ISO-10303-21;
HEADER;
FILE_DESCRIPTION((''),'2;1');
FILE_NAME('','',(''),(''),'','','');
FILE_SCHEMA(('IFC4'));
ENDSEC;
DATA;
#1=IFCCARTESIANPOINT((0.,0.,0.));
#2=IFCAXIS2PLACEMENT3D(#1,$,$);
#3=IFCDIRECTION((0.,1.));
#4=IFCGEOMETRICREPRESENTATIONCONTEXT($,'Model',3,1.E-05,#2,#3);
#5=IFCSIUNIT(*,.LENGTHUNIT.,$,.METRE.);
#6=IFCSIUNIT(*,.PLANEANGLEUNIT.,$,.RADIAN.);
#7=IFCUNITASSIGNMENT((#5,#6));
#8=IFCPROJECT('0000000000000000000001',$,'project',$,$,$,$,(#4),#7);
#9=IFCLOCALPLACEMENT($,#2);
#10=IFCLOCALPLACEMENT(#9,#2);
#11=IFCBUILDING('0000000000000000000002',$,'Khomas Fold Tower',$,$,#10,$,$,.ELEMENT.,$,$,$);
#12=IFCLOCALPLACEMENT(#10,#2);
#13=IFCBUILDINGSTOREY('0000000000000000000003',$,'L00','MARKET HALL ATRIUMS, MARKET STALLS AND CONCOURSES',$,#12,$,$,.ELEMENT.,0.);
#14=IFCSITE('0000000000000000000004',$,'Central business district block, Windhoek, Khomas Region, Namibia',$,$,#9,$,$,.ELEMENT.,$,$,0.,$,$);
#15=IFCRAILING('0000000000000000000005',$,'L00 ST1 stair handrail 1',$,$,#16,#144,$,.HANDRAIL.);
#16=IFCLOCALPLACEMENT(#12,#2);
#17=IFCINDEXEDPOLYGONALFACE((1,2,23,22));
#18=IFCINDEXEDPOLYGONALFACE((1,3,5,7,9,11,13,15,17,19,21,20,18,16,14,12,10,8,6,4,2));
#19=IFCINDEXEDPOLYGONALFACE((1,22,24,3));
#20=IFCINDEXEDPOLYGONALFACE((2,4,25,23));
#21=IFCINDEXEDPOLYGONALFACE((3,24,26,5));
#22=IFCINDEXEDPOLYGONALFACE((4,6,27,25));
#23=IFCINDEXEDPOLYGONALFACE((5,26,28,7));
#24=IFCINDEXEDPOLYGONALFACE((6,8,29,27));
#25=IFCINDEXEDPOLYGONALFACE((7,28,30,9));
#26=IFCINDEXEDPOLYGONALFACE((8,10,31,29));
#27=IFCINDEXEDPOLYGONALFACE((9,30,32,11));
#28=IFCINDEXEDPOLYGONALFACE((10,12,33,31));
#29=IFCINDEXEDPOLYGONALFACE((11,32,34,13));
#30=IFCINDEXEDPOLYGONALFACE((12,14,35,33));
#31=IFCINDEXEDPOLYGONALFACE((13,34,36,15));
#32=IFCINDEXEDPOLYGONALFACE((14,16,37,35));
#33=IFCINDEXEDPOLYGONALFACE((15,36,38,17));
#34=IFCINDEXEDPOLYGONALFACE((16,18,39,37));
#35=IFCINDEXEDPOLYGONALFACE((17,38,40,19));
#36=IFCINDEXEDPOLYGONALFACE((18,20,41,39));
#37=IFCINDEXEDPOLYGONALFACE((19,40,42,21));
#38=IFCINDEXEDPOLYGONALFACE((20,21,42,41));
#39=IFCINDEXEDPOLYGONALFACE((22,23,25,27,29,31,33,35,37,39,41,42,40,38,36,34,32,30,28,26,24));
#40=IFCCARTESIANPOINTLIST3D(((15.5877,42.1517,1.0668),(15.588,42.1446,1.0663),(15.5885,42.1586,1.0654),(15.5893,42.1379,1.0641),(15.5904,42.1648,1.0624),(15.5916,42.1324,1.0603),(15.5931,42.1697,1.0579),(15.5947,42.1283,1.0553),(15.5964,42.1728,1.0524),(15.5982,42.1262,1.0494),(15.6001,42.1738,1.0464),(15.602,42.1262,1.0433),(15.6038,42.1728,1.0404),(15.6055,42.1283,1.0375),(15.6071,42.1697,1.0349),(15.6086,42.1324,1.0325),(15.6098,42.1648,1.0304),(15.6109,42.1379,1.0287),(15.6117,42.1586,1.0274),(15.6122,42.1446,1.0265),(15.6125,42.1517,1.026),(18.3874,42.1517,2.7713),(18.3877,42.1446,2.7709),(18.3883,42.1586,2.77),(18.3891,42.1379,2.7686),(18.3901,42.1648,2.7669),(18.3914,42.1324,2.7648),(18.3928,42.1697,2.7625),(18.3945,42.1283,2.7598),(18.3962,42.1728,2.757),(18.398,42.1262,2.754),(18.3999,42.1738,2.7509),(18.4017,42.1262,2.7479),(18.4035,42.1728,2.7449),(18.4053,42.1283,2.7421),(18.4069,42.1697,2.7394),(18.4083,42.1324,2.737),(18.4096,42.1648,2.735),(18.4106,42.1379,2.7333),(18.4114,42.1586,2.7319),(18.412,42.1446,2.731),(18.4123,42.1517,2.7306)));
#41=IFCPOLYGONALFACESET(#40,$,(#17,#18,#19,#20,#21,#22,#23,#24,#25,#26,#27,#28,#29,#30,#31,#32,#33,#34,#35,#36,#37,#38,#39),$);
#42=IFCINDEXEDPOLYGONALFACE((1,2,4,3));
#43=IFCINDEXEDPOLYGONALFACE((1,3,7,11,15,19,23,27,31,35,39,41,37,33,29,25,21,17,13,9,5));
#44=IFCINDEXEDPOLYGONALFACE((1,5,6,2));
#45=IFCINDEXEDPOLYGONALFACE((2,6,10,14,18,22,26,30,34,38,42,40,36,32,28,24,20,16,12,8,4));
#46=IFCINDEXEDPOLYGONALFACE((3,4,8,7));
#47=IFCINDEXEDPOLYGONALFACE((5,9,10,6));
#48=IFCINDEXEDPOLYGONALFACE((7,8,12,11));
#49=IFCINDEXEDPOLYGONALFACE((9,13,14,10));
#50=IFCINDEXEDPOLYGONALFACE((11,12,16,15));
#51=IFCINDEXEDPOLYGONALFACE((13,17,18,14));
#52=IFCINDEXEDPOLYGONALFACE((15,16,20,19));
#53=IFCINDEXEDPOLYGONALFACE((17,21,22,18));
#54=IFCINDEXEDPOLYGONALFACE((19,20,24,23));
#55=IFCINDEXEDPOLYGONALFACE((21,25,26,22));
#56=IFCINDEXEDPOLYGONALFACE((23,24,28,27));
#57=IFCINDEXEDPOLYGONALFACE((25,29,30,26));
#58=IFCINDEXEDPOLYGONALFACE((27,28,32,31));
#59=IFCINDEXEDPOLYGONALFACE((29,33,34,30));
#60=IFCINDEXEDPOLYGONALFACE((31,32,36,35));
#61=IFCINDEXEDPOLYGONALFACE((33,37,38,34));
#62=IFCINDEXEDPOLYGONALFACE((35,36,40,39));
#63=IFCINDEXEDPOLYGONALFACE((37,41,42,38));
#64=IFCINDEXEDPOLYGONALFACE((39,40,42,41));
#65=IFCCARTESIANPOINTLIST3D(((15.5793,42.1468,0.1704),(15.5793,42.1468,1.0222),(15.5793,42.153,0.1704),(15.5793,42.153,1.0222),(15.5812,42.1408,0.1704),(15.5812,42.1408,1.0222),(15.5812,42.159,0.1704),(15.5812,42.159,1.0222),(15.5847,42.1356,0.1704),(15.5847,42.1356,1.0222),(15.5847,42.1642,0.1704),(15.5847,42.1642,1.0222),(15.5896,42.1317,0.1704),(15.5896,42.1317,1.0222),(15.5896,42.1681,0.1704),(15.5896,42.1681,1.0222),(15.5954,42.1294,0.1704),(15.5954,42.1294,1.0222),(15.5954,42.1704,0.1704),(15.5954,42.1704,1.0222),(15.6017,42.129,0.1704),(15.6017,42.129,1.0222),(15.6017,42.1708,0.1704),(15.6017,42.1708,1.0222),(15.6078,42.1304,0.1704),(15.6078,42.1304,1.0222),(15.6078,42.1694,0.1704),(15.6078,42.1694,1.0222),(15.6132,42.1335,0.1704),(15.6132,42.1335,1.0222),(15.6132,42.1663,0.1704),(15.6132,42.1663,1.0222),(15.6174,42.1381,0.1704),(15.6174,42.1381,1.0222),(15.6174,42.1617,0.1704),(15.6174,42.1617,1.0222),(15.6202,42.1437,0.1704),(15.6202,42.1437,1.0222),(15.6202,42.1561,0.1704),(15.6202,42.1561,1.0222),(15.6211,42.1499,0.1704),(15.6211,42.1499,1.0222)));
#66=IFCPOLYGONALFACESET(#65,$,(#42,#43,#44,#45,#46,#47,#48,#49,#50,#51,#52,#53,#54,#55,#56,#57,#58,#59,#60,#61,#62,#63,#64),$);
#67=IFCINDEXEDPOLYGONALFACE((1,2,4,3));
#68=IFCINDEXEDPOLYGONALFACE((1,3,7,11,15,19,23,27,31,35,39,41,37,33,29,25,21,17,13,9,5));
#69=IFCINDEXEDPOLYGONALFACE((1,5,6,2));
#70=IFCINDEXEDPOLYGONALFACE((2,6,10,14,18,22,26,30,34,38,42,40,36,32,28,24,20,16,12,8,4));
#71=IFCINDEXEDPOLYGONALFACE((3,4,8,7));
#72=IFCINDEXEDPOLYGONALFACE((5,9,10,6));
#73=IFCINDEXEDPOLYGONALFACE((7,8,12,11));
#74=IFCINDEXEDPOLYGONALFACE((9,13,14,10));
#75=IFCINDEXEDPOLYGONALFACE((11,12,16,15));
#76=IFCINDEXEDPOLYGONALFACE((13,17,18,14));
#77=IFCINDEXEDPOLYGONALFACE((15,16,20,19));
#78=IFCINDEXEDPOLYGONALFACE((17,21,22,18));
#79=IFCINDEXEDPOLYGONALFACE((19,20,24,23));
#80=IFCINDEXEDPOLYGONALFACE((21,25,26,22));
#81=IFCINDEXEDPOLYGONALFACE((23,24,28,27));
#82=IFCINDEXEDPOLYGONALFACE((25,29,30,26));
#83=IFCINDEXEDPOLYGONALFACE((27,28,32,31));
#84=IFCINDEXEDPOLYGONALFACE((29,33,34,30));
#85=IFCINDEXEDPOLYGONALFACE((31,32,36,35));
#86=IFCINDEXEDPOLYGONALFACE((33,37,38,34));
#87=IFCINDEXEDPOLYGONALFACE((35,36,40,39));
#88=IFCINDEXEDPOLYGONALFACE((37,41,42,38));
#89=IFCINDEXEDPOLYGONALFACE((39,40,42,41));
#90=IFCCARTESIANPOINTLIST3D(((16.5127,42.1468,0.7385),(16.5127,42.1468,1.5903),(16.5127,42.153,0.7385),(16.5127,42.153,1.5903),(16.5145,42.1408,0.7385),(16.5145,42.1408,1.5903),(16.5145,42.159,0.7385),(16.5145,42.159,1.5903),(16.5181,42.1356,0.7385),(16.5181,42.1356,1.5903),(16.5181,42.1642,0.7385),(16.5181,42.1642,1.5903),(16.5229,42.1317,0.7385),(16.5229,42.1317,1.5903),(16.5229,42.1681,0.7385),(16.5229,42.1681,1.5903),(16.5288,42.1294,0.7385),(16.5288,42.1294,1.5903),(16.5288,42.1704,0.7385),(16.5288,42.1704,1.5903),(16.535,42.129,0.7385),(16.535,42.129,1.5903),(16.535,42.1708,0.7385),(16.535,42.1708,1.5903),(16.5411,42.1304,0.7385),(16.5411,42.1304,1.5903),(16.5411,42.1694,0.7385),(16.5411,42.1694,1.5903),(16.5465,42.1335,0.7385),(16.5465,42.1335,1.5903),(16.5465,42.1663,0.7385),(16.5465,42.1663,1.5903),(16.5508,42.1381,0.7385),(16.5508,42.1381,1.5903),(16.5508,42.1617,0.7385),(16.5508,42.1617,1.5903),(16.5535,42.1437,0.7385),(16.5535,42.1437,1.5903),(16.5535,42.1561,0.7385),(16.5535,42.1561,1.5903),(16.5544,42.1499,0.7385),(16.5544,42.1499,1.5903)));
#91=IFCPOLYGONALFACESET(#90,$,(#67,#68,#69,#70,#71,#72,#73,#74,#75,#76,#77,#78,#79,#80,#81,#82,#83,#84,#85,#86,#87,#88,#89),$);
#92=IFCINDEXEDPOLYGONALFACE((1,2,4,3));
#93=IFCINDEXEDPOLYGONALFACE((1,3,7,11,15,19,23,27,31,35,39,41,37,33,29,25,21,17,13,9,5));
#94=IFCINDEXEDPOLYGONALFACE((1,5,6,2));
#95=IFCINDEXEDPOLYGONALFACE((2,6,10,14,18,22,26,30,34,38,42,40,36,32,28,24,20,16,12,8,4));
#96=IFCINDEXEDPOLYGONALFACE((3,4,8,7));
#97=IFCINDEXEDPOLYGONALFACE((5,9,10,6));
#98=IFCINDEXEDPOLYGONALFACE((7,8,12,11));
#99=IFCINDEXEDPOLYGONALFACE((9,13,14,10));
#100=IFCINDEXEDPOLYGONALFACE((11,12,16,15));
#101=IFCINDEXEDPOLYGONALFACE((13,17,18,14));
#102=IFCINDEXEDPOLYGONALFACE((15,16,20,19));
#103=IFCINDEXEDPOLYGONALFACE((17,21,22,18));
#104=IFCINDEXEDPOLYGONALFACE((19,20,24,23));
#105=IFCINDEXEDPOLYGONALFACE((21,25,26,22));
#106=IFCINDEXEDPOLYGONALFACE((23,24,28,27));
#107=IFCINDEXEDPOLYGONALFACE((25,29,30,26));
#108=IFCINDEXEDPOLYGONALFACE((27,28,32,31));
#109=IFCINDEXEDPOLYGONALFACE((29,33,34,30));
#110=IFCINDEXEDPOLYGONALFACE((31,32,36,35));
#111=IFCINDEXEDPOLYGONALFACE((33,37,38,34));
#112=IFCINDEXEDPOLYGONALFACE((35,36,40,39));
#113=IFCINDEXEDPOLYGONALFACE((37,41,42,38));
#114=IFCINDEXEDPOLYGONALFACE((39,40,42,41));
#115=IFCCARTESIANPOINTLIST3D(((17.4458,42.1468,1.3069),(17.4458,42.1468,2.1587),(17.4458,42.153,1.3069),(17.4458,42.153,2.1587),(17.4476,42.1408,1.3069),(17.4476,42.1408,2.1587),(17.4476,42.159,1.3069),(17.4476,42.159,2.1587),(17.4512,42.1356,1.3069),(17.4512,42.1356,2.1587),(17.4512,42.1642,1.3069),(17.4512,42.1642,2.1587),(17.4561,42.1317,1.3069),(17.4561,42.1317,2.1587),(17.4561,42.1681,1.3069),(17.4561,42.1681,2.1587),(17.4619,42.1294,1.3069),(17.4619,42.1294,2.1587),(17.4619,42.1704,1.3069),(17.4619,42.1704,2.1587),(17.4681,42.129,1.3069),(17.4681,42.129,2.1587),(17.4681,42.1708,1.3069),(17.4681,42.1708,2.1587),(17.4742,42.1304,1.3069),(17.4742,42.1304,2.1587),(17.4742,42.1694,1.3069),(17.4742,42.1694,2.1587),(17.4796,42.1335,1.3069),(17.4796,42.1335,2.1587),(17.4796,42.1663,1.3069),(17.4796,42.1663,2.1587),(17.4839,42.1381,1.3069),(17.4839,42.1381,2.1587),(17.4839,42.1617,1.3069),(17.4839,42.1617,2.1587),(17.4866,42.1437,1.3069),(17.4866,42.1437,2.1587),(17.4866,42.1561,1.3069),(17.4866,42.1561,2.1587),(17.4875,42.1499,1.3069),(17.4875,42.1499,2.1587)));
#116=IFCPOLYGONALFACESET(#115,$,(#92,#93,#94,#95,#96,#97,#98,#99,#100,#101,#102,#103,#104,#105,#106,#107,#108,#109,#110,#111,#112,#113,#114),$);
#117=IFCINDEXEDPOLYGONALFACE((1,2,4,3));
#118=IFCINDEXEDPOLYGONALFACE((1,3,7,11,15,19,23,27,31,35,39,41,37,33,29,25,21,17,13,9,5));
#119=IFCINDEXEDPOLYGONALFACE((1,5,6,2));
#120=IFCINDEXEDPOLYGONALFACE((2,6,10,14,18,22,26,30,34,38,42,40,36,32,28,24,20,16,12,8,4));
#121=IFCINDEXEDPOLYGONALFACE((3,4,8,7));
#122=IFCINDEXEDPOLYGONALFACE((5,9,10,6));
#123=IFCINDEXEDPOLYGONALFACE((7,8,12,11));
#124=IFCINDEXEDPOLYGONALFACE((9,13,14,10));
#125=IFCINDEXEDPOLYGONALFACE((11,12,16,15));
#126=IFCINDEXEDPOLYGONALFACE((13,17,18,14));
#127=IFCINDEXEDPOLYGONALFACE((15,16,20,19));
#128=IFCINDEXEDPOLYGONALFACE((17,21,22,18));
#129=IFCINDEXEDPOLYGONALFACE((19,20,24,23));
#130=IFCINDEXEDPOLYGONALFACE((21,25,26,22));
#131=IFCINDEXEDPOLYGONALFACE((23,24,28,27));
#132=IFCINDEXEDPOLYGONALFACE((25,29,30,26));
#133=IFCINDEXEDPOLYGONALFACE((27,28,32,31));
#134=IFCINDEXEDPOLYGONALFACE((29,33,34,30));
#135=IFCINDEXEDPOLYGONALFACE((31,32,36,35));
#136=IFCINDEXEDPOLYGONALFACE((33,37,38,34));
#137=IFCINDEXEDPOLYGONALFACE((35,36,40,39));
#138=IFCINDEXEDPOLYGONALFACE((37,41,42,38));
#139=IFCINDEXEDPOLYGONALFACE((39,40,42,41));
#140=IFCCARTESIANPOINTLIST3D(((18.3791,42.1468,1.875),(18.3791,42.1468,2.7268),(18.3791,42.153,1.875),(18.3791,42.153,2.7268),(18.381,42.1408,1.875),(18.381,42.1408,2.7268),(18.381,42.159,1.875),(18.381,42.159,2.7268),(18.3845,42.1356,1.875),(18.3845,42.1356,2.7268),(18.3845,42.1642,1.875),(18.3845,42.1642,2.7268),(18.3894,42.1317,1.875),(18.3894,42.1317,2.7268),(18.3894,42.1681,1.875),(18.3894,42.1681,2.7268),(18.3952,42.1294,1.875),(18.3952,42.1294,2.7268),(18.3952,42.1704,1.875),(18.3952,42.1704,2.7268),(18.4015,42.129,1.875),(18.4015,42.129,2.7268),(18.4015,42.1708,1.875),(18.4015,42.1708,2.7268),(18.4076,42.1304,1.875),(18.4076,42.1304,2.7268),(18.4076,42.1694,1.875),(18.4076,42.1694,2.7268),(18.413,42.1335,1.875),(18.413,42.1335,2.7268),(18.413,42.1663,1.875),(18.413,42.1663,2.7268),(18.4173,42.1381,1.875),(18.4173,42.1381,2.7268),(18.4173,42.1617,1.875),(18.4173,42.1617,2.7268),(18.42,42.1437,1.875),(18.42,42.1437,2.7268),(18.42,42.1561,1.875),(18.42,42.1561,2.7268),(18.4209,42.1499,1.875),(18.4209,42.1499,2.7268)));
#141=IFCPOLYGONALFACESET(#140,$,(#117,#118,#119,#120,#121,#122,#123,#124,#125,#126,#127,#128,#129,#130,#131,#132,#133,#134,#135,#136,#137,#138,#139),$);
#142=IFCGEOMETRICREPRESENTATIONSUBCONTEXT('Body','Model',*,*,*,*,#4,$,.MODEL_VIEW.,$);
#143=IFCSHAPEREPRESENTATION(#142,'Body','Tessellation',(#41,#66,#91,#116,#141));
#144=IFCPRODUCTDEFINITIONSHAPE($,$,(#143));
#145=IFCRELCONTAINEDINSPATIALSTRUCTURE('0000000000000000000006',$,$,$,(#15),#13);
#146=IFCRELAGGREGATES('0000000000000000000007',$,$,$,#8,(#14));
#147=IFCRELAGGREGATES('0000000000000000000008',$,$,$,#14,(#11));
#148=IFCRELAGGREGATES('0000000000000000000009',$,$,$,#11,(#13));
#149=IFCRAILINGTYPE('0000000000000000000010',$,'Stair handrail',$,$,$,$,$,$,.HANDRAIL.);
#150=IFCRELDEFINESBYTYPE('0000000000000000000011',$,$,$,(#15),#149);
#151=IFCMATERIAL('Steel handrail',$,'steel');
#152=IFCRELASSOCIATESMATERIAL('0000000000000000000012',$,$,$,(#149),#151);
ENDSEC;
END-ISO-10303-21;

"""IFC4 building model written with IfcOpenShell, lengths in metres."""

from ifc_helpers import new_model, si_unit, direction, frame, origin, origin_2d, place, context, subcontext, project, spatial, circle, extrude, source, transform, mapped, material, type_object, element, save


model = new_model("IFC4")

# Units and contexts
model_context = context("Model", 3, precision=1e-05, world=origin(), true_north=direction((0.0, 1.0)))
body_context = subcontext(model_context, "Body", "Model", "MODEL_VIEW")
ifc_project = project(units=[si_unit("LENGTHUNIT", "METRE"), si_unit("PLANEANGLEUNIT", "RADIAN")], contexts=[model_context])

# Site, building, storey
site_placement = place(None, origin())
site = spatial("IfcSite", under=ifc_project, at=site_placement, Name="Central business district block, Windhoek, Khomas Region, Namibia", CompositionType="ELEMENT", RefElevation=0.0)
building_placement = place(site_placement, origin())
building = spatial("IfcBuilding", under=site, at=building_placement, Name="Khomas Fold Tower", CompositionType="ELEMENT")
storey_placement = place(building_placement, origin())
storey = spatial("IfcBuildingStorey", under=building, at=storey_placement, Name="L00", Description="MARKET HALL ATRIUMS, MARKET STALLS AND CONCOURSES", CompositionType="ELEMENT", Elevation=0.0)

# Railing
ifc_material_1 = material(Name="Steel handrail", Category="steel")
railing_type_1 = type_object("IfcRailingType", Name="Stair handrail", PredefinedType="HANDRAIL", material=ifc_material_1)
shared_shape_1 = source(origin(), body_context, "Body", "SweptSolid", [
    extrude(circle(Radius=0.0239, at=origin_2d()), frame((0.0, 0.0, 0.876), z_axis=(0.85415, 0.0, 0.520027), x_axis=(0.0, 1.0, 0.0)), (0.0, 0.0, 1.0), 3.2778),
    extrude(circle(Radius=0.021, at=origin_2d()), origin(), (0.0, 0.0, 1.0), 0.8518),
    extrude(circle(Radius=0.021, at=origin_2d()), frame((0.9333, 0.0, 0.5681)), (0.0, 0.0, 1.0), 0.8518),
    extrude(circle(Radius=0.021, at=origin_2d()), frame((1.8665, 0.0, 1.1365)), (0.0, 0.0, 1.0), 0.8518),
    extrude(circle(Radius=0.021, at=origin_2d()), frame((2.7998, 0.0, 1.7046)), (0.0, 0.0, 1.0), 0.8518),
])
for number, where, name in (
    (1, (15.6001, 42.1499, 0.1704), "L00 ST1 stair handrail 1"),
):
    element("IfcRailing", number, at=place(storey_placement, frame(where)), inside=storey, type_object=railing_type_1, Name=name, PredefinedType="HANDRAIL", context=body_context, shape_type="MappedRepresentation", body=[
        mapped(shared_shape_1, transform((0.0, 0.0, 0.0))),
    ])

save(model, "model.ifc")
